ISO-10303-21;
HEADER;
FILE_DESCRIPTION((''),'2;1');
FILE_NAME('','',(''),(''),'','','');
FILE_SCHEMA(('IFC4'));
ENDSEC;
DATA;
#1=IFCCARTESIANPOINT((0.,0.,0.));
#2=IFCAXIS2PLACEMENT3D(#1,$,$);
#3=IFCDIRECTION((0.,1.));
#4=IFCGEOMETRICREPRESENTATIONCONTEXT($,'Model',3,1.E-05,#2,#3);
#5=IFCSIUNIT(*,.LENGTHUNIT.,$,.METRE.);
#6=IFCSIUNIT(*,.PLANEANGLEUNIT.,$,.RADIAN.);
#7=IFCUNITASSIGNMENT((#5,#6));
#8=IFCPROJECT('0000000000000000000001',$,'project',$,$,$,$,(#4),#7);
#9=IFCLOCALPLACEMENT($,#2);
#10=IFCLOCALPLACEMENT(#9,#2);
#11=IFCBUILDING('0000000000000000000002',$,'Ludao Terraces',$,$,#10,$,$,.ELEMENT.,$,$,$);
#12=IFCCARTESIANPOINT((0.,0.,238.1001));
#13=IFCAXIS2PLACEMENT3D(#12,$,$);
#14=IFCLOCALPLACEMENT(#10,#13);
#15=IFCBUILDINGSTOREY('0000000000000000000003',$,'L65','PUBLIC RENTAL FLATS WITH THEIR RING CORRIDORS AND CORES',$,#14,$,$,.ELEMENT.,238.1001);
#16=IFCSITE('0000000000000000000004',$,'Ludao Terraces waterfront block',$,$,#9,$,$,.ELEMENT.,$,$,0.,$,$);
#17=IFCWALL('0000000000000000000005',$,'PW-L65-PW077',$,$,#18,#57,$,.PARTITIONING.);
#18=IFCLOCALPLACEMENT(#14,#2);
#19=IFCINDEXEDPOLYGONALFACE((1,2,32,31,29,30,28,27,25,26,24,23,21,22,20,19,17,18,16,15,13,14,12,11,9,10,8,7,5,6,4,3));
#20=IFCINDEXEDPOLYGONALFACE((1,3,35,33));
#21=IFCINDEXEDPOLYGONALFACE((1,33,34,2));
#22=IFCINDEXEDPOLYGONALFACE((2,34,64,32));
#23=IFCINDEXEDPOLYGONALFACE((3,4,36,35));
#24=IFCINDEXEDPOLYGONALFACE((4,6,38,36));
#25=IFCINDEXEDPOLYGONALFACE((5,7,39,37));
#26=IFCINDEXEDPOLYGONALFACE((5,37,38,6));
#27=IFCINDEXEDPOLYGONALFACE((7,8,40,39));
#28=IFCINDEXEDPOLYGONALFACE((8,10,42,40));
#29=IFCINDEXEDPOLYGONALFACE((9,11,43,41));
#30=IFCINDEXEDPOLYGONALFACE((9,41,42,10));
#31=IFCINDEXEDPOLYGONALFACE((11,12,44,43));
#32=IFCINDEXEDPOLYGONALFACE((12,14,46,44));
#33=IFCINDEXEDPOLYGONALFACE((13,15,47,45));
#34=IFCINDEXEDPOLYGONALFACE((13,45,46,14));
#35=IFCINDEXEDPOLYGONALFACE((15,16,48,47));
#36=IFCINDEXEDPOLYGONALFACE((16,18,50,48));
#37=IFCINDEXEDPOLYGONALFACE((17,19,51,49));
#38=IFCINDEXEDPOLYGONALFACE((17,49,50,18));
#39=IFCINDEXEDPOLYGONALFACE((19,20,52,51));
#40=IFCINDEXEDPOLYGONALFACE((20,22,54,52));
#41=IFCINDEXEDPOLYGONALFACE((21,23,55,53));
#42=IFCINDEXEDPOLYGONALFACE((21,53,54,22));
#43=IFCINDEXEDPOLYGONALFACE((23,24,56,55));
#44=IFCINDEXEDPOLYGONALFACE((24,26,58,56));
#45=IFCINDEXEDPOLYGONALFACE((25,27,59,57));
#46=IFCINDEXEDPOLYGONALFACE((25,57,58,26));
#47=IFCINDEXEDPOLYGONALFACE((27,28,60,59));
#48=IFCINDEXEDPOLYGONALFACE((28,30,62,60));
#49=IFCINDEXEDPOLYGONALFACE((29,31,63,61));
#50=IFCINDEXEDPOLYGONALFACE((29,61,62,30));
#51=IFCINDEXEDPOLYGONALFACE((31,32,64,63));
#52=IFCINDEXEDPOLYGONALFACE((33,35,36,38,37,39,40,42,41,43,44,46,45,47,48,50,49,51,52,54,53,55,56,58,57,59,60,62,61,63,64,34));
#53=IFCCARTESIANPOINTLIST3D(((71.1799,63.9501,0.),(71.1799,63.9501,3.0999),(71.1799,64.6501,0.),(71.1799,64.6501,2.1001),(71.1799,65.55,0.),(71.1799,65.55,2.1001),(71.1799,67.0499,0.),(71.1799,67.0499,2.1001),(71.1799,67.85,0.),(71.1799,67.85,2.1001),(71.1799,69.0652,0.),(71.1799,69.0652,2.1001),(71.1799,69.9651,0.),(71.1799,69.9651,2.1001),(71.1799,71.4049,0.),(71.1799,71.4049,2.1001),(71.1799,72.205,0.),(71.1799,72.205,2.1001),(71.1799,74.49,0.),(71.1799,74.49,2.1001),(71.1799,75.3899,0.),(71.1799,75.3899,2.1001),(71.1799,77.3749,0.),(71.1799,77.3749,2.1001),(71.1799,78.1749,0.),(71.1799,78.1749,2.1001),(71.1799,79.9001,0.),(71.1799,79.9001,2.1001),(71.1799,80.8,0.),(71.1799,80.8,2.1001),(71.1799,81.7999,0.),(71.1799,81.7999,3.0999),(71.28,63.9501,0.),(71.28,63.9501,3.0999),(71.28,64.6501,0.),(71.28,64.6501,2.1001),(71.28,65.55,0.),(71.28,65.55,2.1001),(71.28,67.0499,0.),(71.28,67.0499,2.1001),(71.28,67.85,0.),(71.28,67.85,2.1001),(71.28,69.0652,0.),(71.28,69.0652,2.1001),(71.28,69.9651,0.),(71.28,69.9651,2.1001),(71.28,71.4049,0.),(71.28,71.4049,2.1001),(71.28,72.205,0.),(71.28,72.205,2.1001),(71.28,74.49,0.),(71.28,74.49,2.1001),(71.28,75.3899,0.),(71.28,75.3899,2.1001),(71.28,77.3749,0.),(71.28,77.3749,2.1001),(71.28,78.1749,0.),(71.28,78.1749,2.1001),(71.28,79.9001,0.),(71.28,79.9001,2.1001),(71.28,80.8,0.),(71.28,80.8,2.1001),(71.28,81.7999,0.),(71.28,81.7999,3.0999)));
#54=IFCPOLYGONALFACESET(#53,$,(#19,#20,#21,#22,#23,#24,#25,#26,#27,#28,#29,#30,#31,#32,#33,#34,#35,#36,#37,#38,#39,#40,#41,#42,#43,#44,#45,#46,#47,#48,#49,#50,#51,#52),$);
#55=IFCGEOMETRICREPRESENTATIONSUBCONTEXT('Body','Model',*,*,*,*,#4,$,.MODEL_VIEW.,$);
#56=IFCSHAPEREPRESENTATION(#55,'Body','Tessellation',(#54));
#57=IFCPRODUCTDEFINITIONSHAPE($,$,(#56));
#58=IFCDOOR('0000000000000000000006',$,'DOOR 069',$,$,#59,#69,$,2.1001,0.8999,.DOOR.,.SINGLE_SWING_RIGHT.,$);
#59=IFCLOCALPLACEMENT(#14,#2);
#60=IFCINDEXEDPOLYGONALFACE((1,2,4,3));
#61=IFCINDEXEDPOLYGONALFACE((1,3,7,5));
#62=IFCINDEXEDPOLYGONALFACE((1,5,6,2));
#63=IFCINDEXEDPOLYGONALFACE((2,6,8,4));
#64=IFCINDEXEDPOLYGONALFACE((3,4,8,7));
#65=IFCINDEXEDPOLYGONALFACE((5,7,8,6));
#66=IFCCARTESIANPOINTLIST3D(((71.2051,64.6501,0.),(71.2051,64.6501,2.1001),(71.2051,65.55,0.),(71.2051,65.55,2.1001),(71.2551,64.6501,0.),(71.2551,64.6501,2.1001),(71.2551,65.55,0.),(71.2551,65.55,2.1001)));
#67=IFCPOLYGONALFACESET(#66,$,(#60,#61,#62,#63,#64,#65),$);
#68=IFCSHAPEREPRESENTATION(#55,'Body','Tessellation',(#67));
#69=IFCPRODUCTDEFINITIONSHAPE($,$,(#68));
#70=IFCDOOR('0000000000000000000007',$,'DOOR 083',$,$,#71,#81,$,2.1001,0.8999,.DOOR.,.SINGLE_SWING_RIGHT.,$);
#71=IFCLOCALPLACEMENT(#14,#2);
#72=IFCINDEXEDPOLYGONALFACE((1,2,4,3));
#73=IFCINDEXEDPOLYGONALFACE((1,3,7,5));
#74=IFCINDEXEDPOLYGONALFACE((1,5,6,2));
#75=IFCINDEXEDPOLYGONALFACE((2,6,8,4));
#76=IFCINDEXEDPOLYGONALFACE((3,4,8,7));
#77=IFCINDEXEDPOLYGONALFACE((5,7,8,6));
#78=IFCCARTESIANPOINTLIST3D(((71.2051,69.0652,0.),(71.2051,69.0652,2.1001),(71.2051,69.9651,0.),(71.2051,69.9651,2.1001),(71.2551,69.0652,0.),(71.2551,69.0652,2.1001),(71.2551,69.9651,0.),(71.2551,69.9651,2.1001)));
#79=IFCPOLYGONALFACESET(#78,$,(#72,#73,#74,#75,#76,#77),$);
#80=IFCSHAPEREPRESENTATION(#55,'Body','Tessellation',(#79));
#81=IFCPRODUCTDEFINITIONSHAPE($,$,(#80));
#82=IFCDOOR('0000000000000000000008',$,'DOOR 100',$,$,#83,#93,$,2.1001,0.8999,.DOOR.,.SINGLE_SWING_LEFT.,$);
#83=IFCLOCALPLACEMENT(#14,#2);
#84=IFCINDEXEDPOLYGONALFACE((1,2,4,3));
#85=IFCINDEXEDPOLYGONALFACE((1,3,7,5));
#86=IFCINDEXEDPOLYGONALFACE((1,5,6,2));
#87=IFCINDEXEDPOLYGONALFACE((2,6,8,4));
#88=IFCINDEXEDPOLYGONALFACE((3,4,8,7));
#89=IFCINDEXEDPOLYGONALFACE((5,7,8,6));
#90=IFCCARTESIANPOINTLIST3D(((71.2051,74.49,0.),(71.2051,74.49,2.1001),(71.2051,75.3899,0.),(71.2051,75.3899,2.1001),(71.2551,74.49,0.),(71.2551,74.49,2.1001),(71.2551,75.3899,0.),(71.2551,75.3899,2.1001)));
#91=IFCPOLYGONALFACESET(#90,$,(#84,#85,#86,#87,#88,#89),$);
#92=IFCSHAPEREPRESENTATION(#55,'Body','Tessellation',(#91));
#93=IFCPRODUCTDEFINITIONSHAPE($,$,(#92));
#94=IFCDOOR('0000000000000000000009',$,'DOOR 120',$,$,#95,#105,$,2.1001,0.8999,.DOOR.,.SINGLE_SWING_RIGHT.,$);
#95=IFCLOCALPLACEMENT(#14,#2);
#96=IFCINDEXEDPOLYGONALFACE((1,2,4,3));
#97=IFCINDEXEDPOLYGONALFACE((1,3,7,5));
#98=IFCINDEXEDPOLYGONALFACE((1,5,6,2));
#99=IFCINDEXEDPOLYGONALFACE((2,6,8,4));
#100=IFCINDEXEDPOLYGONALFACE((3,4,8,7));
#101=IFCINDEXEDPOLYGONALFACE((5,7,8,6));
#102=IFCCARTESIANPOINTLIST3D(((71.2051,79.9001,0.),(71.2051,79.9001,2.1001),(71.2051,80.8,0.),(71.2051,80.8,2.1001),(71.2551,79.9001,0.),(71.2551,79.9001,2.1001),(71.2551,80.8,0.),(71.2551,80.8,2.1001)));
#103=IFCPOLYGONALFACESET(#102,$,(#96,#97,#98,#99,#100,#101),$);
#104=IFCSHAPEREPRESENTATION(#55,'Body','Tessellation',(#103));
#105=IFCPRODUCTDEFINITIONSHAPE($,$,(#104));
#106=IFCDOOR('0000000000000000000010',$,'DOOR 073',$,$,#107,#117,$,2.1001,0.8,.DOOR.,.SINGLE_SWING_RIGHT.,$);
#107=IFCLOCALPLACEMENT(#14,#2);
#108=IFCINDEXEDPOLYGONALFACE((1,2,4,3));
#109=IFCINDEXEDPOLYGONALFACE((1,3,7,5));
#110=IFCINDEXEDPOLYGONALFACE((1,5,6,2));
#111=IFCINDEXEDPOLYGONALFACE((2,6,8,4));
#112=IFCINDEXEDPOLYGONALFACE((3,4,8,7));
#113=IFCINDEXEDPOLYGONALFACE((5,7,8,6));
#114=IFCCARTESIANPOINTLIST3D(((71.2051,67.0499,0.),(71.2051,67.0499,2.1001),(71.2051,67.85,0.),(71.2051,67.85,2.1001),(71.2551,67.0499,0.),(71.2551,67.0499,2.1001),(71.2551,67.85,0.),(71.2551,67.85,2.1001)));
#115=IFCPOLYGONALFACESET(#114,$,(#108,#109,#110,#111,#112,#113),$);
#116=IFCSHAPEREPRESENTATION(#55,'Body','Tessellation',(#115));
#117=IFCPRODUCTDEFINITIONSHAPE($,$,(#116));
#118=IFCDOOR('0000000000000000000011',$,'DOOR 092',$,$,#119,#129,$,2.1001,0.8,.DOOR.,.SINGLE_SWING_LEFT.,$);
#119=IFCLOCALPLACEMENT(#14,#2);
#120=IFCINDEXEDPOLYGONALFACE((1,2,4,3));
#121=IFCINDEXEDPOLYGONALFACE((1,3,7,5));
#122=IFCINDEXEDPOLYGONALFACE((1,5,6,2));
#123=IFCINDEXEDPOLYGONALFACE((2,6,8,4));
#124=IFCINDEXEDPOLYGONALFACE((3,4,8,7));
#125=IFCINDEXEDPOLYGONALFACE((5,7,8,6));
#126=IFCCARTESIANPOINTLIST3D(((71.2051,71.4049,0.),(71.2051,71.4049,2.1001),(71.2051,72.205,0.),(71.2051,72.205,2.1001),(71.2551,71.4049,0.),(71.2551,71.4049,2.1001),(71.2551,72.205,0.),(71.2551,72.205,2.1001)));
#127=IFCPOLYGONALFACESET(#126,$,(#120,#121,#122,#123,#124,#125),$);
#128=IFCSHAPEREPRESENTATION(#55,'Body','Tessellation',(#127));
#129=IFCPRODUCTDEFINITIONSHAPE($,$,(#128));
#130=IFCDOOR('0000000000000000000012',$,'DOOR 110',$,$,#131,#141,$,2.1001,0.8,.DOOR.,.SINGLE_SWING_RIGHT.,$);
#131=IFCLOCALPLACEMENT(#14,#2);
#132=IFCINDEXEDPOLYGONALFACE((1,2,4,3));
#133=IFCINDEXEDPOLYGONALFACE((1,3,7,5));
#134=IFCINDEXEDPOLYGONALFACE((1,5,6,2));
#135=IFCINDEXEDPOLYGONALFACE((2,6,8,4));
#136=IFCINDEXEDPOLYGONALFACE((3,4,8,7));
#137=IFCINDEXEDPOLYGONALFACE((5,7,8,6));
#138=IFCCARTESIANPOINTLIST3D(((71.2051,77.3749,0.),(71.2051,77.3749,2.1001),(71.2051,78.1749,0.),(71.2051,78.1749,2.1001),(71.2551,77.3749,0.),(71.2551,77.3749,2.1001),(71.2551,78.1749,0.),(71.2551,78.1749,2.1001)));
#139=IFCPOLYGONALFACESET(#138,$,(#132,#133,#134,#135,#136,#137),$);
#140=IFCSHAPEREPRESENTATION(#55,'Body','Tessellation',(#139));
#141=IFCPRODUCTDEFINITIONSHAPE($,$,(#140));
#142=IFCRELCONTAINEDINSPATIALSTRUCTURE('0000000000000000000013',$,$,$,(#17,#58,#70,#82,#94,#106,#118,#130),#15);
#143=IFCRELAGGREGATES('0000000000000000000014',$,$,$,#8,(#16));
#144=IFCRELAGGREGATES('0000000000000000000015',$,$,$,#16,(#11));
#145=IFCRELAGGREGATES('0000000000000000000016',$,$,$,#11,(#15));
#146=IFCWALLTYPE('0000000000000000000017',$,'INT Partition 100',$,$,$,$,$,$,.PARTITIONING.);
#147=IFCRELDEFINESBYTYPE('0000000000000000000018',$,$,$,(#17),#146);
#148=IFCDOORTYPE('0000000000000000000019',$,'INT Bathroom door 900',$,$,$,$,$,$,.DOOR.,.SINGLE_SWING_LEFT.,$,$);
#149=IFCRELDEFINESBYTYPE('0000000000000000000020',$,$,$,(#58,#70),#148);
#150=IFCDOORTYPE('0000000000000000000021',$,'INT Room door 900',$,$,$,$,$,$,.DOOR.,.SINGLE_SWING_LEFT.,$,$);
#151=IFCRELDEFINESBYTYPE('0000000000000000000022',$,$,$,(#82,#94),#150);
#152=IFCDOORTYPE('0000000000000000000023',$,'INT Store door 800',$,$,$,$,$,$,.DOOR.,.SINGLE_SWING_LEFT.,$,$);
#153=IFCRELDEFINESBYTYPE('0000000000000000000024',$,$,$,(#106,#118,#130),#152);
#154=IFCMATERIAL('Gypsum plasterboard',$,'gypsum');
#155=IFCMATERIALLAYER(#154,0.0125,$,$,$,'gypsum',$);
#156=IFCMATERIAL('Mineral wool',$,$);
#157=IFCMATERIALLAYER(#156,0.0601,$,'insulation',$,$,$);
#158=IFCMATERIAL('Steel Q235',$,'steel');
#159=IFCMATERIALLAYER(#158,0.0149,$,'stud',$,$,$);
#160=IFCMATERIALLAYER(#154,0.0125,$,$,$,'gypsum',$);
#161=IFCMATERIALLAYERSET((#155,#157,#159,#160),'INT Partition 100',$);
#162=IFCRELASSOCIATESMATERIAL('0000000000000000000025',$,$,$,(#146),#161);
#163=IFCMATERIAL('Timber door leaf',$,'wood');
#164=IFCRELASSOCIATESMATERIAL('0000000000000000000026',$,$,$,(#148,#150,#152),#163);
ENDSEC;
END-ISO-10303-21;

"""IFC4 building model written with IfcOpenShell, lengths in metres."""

from ifc_helpers import new_model, si_unit, direction, frame, frame_2d, origin, place, context, subcontext, project, spatial, rectangle, extrude, material, layer, layer_set, type_object, element, fill, save


model = new_model("IFC4")

# Units and contexts
model_context = context("Model", 3, precision=1e-05, world=origin(), true_north=direction((0.0, 1.0)))
body_context = subcontext(model_context, "Body", "Model", "MODEL_VIEW")
ifc_project = project(units=[si_unit("LENGTHUNIT", "METRE"), si_unit("PLANEANGLEUNIT", "RADIAN")], contexts=[model_context])

# Site, building, storey
site_placement = place(None, origin())
site = spatial("IfcSite", under=ifc_project, at=site_placement, Name="Ludao Terraces waterfront block", CompositionType="ELEMENT", RefElevation=0.0)
building_placement = place(site_placement, origin())
building = spatial("IfcBuilding", under=site, at=building_placement, Name="Ludao Terraces", CompositionType="ELEMENT")
storey_placement = place(building_placement, frame((0.0, 0.0, 238.1001)))
storey = spatial("IfcBuildingStorey", under=building, at=storey_placement, Name="L65", Description="PUBLIC RENTAL FLATS WITH THEIR RING CORRIDORS AND CORES", CompositionType="ELEMENT", Elevation=238.1001)

# Shared definitions
ifc_material_1 = material(Name="Gypsum plasterboard", Category="gypsum")
ifc_layer_1 = layer(ifc_material_1, 0.0125, Category="gypsum")
ifc_material_2 = material(Name="Mineral wool")
ifc_layer_2 = layer(ifc_material_2, 0.0601, Name="insulation")
ifc_material_3 = material(Name="Steel Q235", Category="steel")
ifc_layer_3 = layer(ifc_material_3, 0.0149, Name="stud")
ifc_layer_4 = layer(ifc_material_1, 0.0125, Category="gypsum")
ifc_layer_set_1 = layer_set([ifc_layer_1, ifc_layer_2, ifc_layer_3, ifc_layer_4], Name="INT Partition 100")
wall_type_1 = type_object("IfcWallType", Name="INT Partition 100", PredefinedType="PARTITIONING", material=ifc_layer_set_1)

# Wall, openings, doors
wall_1_placement = place(storey_placement, frame((71.23, 63.9502, 0.0), z_axis=(0.0, 0.0, 1.0), x_axis=(0.0, 1.0, 0.0)))
wall_1 = element("IfcWall", 1, at=wall_1_placement, inside=storey, type_object=wall_type_1, Name="PW-L65-PW077", PredefinedType="PARTITIONING", context=body_context, shape_type="SweptSolid", body=[
    extrude(rectangle(XDim=17.8499, YDim=0.1001, at=frame_2d((8.9248, 0.0))), origin(), (0.0, 0.0, 1.0), 3.0999),
])
opening_1_placement = place(wall_1_placement, frame((0.7, 0.0, 0.0)))
opening_1 = element("IfcOpeningElement", 2, at=opening_1_placement, cuts=wall_1, PredefinedType="OPENING", context=body_context, shape_type="SweptSolid", body=[
    extrude(rectangle(XDim=0.8999, YDim=2.1001, at=frame_2d((0.45, 1.05))), frame((0.0, 0.0601, 0.0), z_axis=(0.0, -1.0, 0.0), x_axis=(1.0, 0.0, 0.0)), (0.0, 0.0, 1.0), 0.1201),
])
opening_2_placement = place(wall_1_placement, frame((3.0999, 0.0, 0.0)))
opening_2 = element("IfcOpeningElement", 3, at=opening_2_placement, cuts=wall_1, PredefinedType="OPENING", context=body_context, shape_type="SweptSolid", body=[
    extrude(rectangle(XDim=0.8, YDim=2.1001, at=frame_2d((0.3999, 1.05))), frame((0.0, 0.0601, 0.0), z_axis=(0.0, -1.0, 0.0), x_axis=(1.0, 0.0, 0.0)), (0.0, 0.0, 1.0), 0.1201),
])
opening_3_placement = place(wall_1_placement, frame((5.115, 0.0, 0.0)))
opening_3 = element("IfcOpeningElement", 4, at=opening_3_placement, cuts=wall_1, PredefinedType="OPENING", context=body_context, shape_type="SweptSolid", body=[
    extrude(rectangle(XDim=0.8999, YDim=2.1001, at=frame_2d((0.45, 1.05))), frame((0.0, 0.0601, 0.0), z_axis=(0.0, -1.0, 0.0), x_axis=(1.0, 0.0, 0.0)), (0.0, 0.0, 1.0), 0.1201),
])
opening_4_placement = place(wall_1_placement, frame((7.4548, 0.0, 0.0)))
opening_4 = element("IfcOpeningElement", 5, at=opening_4_placement, cuts=wall_1, PredefinedType="OPENING", context=body_context, shape_type="SweptSolid", body=[
    extrude(rectangle(XDim=0.8, YDim=2.1001, at=frame_2d((0.3999, 1.05))), frame((0.0, 0.0601, 0.0), z_axis=(0.0, -1.0, 0.0), x_axis=(1.0, 0.0, 0.0)), (0.0, 0.0, 1.0), 0.1201),
])
opening_5_placement = place(wall_1_placement, frame((10.5398, 0.0, 0.0)))
opening_5 = element("IfcOpeningElement", 6, at=opening_5_placement, cuts=wall_1, PredefinedType="OPENING", context=body_context, shape_type="SweptSolid", body=[
    extrude(rectangle(XDim=0.8999, YDim=2.1001, at=frame_2d((0.45, 1.05))), frame((0.0, 0.0601, 0.0), z_axis=(0.0, -1.0, 0.0), x_axis=(1.0, 0.0, 0.0)), (0.0, 0.0, 1.0), 0.1201),
])
opening_6_placement = place(wall_1_placement, frame((13.4248, 0.0, 0.0)))
opening_6 = element("IfcOpeningElement", 7, at=opening_6_placement, cuts=wall_1, PredefinedType="OPENING", context=body_context, shape_type="SweptSolid", body=[
    extrude(rectangle(XDim=0.8, YDim=2.1001, at=frame_2d((0.3999, 1.05))), frame((0.0, 0.0601, 0.0), z_axis=(0.0, -1.0, 0.0), x_axis=(1.0, 0.0, 0.0)), (0.0, 0.0, 1.0), 0.1201),
])
opening_7_placement = place(wall_1_placement, frame((15.95, 0.0, 0.0)))
opening_7 = element("IfcOpeningElement", 8, at=opening_7_placement, cuts=wall_1, PredefinedType="OPENING", context=body_context, shape_type="SweptSolid", body=[
    extrude(rectangle(XDim=0.8999, YDim=2.1001, at=frame_2d((0.45, 1.05))), frame((0.0, 0.0601, 0.0), z_axis=(0.0, -1.0, 0.0), x_axis=(1.0, 0.0, 0.0)), (0.0, 0.0, 1.0), 0.1201),
])
ifc_material_4 = material(Name="Timber door leaf", Category="wood")
door_type_1 = type_object("IfcDoorType", Name="INT Bathroom door 900", OperationType="SINGLE_SWING_LEFT", PredefinedType="DOOR", material=ifc_material_4)
door_1_placement = place(opening_1_placement, origin())
door_1 = element("IfcDoor", 9, at=door_1_placement, inside=storey, type_object=door_type_1, Name="DOOR 069", OperationType="SINGLE_SWING_RIGHT", OverallHeight=2.1001, OverallWidth=0.8999, PredefinedType="DOOR", context=body_context, shape_type="SweptSolid", body=[
    extrude(rectangle(XDim=0.8999, YDim=2.1001, at=frame_2d((0.45, 1.05))), frame((0.0, 0.0249, 0.0), z_axis=(0.0, -1.0, 0.0), x_axis=(1.0, 0.0, 0.0)), (0.0, 0.0, 1.0), 0.05),
])
fill(opening_1, door_1)
door_2_placement = place(opening_3_placement, origin())
door_2 = element("IfcDoor", 10, at=door_2_placement, inside=storey, type_object=door_type_1, Name="DOOR 083", OperationType="SINGLE_SWING_RIGHT", OverallHeight=2.1001, OverallWidth=0.8999, PredefinedType="DOOR", context=body_context, shape_type="SweptSolid", body=[
    extrude(rectangle(XDim=0.8999, YDim=2.1001, at=frame_2d((0.45, 1.05))), frame((0.0, 0.0249, 0.0), z_axis=(0.0, -1.0, 0.0), x_axis=(1.0, 0.0, 0.0)), (0.0, 0.0, 1.0), 0.05),
])
fill(opening_3, door_2)
door_type_2 = type_object("IfcDoorType", Name="INT Room door 900", OperationType="SINGLE_SWING_LEFT", PredefinedType="DOOR", material=ifc_material_4)
door_3_placement = place(opening_5_placement, origin())
door_3 = element("IfcDoor", 11, at=door_3_placement, inside=storey, type_object=door_type_2, Name="DOOR 100", OperationType="SINGLE_SWING_LEFT", OverallHeight=2.1001, OverallWidth=0.8999, PredefinedType="DOOR", context=body_context, shape_type="SweptSolid", body=[
    extrude(rectangle(XDim=0.8999, YDim=2.1001, at=frame_2d((0.45, 1.05))), frame((0.0, 0.0249, 0.0), z_axis=(0.0, -1.0, 0.0), x_axis=(1.0, 0.0, 0.0)), (0.0, 0.0, 1.0), 0.05),
])
fill(opening_5, door_3)
door_4_placement = place(opening_7_placement, origin())
door_4 = element("IfcDoor", 12, at=door_4_placement, inside=storey, type_object=door_type_2, Name="DOOR 120", OperationType="SINGLE_SWING_RIGHT", OverallHeight=2.1001, OverallWidth=0.8999, PredefinedType="DOOR", context=body_context, shape_type="SweptSolid", body=[
    extrude(rectangle(XDim=0.8999, YDim=2.1001, at=frame_2d((0.45, 1.05))), frame((0.0, 0.0249, 0.0), z_axis=(0.0, -1.0, 0.0), x_axis=(1.0, 0.0, 0.0)), (0.0, 0.0, 1.0), 0.05),
])
fill(opening_7, door_4)
door_type_3 = type_object("IfcDoorType", Name="INT Store door 800", OperationType="SINGLE_SWING_LEFT", PredefinedType="DOOR", material=ifc_material_4)
door_5_placement = place(opening_2_placement, origin())
door_5 = element("IfcDoor", 13, at=door_5_placement, inside=storey, type_object=door_type_3, Name="DOOR 073", OperationType="SINGLE_SWING_RIGHT", OverallHeight=2.1001, OverallWidth=0.8, PredefinedType="DOOR", context=body_context, shape_type="SweptSolid", body=[
    extrude(rectangle(XDim=0.8, YDim=2.1001, at=frame_2d((0.3999, 1.05))), frame((0.0, 0.0249, 0.0), z_axis=(0.0, -1.0, 0.0), x_axis=(1.0, 0.0, 0.0)), (0.0, 0.0, 1.0), 0.05),
])
fill(opening_2, door_5)
door_6_placement = place(opening_4_placement, origin())
door_6 = element("IfcDoor", 14, at=door_6_placement, inside=storey, type_object=door_type_3, Name="DOOR 092", OperationType="SINGLE_SWING_LEFT", OverallHeight=2.1001, OverallWidth=0.8, PredefinedType="DOOR", context=body_context, shape_type="SweptSolid", body=[
    extrude(rectangle(XDim=0.8, YDim=2.1001, at=frame_2d((0.3999, 1.05))), frame((0.0, 0.0249, 0.0), z_axis=(0.0, -1.0, 0.0), x_axis=(1.0, 0.0, 0.0)), (0.0, 0.0, 1.0), 0.05),
])
fill(opening_4, door_6)
door_7_placement = place(opening_6_placement, origin())
door_7 = element("IfcDoor", 15, at=door_7_placement, inside=storey, type_object=door_type_3, Name="DOOR 110", OperationType="SINGLE_SWING_RIGHT", OverallHeight=2.1001, OverallWidth=0.8, PredefinedType="DOOR", context=body_context, shape_type="SweptSolid", body=[
    extrude(rectangle(XDim=0.8, YDim=2.1001, at=frame_2d((0.3999, 1.05))), frame((0.0, 0.0249, 0.0), z_axis=(0.0, -1.0, 0.0), x_axis=(1.0, 0.0, 0.0)), (0.0, 0.0, 1.0), 0.05),
])
fill(opening_6, door_7)

save(model, "model.ifc")
